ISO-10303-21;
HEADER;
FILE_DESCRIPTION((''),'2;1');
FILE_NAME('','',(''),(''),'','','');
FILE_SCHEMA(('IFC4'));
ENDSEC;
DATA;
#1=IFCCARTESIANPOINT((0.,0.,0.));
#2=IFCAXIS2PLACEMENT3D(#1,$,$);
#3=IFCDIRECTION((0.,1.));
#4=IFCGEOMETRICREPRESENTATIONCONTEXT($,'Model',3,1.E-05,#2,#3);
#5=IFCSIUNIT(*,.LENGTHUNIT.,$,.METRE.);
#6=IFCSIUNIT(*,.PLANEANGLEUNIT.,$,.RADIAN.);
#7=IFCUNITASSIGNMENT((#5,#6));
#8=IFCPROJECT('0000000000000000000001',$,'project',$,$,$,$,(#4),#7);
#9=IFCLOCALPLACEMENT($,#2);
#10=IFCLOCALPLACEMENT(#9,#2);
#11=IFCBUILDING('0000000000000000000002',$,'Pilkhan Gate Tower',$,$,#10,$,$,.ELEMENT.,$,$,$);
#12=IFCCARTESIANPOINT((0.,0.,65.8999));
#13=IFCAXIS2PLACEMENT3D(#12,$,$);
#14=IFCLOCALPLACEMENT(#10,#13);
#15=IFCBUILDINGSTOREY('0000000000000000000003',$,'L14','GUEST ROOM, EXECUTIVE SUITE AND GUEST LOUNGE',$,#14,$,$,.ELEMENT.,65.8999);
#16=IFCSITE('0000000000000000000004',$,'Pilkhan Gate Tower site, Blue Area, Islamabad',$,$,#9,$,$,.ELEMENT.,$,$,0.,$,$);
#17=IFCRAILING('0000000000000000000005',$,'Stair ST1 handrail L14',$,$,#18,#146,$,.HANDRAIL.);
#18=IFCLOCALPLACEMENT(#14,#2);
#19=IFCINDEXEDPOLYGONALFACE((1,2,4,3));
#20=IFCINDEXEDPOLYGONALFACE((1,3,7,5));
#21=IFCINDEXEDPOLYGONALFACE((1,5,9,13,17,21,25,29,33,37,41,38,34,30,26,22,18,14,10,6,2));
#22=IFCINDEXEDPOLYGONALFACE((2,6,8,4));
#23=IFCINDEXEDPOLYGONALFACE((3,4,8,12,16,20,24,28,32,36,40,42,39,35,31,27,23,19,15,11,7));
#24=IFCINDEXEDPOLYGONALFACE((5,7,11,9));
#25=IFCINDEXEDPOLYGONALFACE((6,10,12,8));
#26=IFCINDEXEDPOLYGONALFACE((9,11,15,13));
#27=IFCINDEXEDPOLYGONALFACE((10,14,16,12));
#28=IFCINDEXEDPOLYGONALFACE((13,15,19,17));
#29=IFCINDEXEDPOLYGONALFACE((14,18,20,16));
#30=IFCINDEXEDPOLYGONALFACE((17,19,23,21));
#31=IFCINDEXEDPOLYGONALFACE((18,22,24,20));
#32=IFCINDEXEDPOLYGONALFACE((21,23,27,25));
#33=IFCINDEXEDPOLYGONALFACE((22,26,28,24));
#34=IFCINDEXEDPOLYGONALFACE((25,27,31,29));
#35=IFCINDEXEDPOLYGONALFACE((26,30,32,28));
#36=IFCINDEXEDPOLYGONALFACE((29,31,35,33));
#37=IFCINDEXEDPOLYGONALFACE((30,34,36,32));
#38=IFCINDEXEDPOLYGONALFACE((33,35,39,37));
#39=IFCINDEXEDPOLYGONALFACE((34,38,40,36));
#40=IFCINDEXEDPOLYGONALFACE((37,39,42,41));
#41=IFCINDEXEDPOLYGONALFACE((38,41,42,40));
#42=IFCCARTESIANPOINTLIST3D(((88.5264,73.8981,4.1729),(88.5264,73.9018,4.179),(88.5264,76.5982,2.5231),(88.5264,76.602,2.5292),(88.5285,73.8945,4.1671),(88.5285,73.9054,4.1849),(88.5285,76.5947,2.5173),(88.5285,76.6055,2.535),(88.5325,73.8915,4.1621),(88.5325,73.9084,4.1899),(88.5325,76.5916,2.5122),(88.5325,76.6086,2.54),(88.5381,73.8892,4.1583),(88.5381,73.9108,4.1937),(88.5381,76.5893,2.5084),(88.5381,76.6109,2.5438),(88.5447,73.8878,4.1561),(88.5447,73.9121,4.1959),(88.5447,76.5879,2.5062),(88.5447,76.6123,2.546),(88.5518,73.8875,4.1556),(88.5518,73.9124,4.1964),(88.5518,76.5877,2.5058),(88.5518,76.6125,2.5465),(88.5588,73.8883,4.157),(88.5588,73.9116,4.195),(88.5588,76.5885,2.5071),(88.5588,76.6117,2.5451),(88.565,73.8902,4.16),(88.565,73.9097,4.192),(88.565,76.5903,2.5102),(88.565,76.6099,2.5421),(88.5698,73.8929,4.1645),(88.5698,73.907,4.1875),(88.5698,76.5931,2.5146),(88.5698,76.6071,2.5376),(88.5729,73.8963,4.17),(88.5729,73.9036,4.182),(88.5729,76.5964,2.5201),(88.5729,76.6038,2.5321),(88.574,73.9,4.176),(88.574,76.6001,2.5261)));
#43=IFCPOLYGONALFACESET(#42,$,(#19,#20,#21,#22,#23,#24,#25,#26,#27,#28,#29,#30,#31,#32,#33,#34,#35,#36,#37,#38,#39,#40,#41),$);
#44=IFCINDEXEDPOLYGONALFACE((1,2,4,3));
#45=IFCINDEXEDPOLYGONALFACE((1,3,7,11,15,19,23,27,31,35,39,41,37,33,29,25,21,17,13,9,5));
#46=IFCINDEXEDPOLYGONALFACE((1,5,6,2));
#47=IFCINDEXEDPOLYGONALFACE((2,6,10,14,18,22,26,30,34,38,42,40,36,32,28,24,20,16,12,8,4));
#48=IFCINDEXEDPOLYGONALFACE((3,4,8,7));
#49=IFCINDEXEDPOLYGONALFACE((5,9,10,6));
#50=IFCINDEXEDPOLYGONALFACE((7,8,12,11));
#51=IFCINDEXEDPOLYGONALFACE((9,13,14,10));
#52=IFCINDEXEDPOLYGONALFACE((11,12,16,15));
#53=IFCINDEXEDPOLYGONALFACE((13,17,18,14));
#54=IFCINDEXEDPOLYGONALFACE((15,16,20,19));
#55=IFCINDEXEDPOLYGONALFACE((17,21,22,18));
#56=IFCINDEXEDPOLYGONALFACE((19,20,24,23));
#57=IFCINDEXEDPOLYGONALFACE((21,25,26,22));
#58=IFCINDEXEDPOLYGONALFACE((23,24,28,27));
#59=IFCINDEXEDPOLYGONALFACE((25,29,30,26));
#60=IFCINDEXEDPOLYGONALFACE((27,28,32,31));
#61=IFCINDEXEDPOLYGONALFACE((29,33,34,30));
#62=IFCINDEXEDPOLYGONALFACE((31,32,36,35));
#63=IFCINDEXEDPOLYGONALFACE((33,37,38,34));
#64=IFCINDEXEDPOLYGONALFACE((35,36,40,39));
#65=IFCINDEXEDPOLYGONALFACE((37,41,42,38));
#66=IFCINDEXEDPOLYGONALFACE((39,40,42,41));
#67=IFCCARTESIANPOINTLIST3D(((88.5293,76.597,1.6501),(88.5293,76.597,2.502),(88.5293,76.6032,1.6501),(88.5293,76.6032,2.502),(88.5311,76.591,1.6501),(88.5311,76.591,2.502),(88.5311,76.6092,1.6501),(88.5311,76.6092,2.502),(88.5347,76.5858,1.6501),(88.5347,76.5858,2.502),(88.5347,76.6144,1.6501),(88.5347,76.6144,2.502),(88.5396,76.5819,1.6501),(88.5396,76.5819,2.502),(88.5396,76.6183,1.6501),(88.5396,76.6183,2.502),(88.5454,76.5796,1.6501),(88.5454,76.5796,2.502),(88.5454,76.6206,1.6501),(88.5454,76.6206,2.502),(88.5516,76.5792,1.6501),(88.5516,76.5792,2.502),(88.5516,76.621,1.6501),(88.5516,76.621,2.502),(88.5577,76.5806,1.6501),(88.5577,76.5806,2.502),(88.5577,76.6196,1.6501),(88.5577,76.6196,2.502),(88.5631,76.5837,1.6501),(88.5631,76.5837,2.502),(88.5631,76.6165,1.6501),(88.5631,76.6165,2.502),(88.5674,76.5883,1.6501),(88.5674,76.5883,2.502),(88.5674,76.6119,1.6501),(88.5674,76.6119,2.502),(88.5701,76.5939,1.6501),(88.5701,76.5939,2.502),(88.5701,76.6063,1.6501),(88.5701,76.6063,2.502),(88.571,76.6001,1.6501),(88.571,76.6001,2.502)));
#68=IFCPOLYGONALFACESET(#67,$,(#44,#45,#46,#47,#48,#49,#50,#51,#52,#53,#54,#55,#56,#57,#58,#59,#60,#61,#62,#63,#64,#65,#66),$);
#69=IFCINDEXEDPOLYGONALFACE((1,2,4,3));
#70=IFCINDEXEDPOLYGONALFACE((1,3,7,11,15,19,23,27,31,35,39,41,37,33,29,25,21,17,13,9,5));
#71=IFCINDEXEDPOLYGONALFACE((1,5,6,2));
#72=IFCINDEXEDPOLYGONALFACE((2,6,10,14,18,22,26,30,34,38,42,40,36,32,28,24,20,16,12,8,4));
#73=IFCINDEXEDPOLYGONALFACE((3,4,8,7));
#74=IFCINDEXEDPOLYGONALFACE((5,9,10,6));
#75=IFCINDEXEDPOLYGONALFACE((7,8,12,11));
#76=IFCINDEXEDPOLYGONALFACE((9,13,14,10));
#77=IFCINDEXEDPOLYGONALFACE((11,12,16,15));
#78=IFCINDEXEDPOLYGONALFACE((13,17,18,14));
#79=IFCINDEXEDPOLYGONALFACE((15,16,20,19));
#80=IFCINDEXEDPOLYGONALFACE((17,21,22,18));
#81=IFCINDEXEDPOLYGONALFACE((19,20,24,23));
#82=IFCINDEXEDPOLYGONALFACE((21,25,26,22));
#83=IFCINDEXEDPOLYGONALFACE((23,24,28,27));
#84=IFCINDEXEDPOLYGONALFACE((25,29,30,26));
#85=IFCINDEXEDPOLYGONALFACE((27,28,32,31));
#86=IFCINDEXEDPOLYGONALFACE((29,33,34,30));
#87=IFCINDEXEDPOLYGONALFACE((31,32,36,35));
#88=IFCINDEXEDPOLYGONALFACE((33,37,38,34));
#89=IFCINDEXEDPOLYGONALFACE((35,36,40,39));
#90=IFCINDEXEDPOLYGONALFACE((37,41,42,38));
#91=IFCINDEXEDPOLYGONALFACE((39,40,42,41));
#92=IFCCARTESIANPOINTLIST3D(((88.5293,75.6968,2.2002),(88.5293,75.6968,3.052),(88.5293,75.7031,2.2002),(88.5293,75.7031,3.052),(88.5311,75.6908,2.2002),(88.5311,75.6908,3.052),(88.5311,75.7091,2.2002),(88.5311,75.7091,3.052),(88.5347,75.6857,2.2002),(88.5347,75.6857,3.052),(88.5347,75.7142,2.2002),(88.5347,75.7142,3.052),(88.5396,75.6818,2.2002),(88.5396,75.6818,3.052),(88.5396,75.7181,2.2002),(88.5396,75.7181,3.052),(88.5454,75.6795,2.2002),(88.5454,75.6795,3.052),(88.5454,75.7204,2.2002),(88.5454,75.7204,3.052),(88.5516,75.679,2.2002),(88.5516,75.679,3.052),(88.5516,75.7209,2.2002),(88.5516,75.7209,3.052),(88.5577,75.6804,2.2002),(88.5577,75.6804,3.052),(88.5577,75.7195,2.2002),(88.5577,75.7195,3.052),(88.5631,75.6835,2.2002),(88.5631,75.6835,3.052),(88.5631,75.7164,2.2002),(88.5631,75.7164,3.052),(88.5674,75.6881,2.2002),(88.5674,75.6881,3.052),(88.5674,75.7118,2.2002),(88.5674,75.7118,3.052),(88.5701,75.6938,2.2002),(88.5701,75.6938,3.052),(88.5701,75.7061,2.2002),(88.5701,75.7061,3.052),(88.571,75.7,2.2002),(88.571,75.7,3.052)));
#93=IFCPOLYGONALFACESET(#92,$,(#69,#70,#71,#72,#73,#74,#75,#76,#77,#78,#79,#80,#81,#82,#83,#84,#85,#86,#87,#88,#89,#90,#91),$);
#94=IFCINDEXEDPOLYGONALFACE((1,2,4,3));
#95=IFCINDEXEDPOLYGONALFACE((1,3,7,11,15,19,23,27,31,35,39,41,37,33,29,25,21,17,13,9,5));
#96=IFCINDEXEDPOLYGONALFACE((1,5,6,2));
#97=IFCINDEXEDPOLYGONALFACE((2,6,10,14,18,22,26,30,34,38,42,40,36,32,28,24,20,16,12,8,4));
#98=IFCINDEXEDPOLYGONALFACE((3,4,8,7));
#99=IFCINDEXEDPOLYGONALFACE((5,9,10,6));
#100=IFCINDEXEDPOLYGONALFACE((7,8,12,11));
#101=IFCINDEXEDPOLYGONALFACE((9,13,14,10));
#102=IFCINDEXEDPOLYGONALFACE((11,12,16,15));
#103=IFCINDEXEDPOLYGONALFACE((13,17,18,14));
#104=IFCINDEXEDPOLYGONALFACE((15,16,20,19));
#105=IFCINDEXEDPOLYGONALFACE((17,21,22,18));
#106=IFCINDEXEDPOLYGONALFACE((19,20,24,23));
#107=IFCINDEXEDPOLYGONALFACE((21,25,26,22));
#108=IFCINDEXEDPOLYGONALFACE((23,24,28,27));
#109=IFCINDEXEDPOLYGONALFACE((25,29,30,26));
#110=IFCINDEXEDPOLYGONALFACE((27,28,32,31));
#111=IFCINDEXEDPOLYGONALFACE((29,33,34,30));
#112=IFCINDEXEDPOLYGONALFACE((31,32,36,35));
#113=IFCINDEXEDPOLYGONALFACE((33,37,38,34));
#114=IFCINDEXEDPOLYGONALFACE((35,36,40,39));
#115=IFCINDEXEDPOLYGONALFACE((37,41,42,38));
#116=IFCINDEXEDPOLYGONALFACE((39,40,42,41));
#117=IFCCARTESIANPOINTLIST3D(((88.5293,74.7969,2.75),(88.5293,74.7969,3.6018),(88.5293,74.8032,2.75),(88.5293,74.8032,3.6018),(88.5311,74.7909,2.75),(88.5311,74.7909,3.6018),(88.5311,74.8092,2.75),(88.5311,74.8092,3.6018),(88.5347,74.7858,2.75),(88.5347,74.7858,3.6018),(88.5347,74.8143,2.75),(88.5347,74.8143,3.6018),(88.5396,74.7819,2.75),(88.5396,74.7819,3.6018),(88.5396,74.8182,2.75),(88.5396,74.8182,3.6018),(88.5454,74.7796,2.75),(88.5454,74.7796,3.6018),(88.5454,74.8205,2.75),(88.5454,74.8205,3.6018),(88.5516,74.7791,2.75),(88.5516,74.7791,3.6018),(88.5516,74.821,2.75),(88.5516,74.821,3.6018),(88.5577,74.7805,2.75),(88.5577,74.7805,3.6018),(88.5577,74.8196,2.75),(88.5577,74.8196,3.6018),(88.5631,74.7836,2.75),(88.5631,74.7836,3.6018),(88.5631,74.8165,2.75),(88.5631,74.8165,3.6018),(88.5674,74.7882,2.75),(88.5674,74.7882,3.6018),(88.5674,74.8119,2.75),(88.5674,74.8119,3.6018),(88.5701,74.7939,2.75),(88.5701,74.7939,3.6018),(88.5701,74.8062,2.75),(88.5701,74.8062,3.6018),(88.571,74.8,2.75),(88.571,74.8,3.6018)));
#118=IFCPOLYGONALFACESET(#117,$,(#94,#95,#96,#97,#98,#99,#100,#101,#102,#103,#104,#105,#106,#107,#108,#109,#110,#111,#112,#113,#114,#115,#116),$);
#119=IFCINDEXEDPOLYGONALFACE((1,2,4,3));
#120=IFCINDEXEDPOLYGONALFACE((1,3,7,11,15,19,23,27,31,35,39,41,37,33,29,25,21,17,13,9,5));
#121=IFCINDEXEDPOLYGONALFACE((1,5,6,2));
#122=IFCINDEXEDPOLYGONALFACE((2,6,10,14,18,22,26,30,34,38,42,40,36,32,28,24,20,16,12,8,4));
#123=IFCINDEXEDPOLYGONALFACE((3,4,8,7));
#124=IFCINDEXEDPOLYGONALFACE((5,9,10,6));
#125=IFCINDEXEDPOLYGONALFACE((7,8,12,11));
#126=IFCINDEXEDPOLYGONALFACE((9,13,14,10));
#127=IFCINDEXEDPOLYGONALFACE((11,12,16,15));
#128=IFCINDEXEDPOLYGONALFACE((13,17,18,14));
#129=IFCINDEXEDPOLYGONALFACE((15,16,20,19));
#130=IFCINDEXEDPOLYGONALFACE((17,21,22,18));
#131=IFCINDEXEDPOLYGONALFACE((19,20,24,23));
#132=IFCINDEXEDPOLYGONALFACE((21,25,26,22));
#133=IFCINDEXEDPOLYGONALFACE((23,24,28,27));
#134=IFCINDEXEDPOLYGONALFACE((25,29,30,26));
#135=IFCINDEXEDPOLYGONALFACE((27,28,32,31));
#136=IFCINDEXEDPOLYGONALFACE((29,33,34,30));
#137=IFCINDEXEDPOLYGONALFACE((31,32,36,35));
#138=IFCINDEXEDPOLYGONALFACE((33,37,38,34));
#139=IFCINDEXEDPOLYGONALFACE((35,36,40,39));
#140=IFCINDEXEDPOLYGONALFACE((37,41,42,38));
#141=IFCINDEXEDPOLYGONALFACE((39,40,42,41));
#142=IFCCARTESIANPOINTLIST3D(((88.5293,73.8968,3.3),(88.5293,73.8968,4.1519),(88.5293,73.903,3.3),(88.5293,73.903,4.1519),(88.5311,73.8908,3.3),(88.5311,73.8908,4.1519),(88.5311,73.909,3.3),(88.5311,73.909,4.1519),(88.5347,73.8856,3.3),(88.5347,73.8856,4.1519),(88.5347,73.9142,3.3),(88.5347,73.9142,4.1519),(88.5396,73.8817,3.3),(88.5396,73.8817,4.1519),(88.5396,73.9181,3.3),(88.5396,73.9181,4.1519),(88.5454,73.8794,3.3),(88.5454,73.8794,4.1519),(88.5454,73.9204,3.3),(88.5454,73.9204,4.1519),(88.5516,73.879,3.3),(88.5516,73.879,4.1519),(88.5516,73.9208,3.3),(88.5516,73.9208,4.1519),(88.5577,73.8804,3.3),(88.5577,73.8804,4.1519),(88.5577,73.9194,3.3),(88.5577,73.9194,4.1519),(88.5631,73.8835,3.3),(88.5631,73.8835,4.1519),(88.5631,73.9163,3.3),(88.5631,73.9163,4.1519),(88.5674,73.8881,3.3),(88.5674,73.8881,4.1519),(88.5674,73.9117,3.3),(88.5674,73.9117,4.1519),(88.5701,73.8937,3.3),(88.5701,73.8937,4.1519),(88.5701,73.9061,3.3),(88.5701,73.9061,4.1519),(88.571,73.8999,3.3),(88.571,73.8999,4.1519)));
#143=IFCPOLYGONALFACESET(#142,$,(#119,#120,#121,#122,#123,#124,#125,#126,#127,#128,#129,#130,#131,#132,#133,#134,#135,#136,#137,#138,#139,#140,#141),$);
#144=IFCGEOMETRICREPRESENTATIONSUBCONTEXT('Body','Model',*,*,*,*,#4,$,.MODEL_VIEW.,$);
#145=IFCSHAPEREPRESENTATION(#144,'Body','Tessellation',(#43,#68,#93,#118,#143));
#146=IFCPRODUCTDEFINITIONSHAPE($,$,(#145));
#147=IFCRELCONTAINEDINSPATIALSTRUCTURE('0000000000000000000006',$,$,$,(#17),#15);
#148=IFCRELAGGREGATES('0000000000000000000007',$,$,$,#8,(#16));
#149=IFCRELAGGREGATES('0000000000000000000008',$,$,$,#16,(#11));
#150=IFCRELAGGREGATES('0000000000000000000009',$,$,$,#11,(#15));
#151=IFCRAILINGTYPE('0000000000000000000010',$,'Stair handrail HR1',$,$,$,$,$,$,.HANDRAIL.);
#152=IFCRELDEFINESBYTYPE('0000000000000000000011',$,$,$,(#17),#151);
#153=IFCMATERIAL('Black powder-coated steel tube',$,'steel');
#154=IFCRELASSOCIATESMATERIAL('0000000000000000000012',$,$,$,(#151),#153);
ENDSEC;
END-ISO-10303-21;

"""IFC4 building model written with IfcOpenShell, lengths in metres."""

from ifc_helpers import new_model, si_unit, direction, frame, origin, origin_2d, place, context, subcontext, project, spatial, circle, extrude, material, type_object, element, save


model = new_model("IFC4")

# Units and contexts
model_context = context("Model", 3, precision=1e-05, world=origin(), true_north=direction((0.0, 1.0)))
body_context = subcontext(model_context, "Body", "Model", "MODEL_VIEW")
ifc_project = project(units=[si_unit("LENGTHUNIT", "METRE"), si_unit("PLANEANGLEUNIT", "RADIAN")], contexts=[model_context])

# Site, building, storey
site_placement = place(None, origin())
site = spatial("IfcSite", under=ifc_project, at=site_placement, Name="Pilkhan Gate Tower site, Blue Area, Islamabad", CompositionType="ELEMENT", RefElevation=0.0)
building_placement = place(site_placement, origin())
building = spatial("IfcBuilding", under=site, at=building_placement, Name="Pilkhan Gate Tower", CompositionType="ELEMENT")
storey_placement = place(building_placement, frame((0.0, 0.0, 65.8999)))
storey = spatial("IfcBuildingStorey", under=building, at=storey_placement, Name="L14", Description="GUEST ROOM, EXECUTIVE SUITE AND GUEST LOUNGE", CompositionType="ELEMENT", Elevation=65.8999)

# Railing
ifc_material_1 = material(Name="Black powder-coated steel tube", Category="steel")
railing_type_1 = type_object("IfcRailingType", Name="Stair handrail HR1", PredefinedType="HANDRAIL", material=ifc_material_1)
railing_1_placement = place(storey_placement, frame((88.55, 76.6001, 1.6501)))
element("IfcRailing", 1, at=railing_1_placement, inside=storey, type_object=railing_type_1, Name="Stair ST1 handrail L14", PredefinedType="HANDRAIL", context=body_context, shape_type="SweptSolid", body=[
    extrude(circle(Radius=0.0239, at=origin_2d()), frame((0.0, 0.0, 0.876), z_axis=(0.0, -0.853312, 0.5214), x_axis=(1.0, 0.0, 0.0)), (0.0, 0.0, 1.0), 3.1643),
    extrude(circle(Radius=0.021, at=origin_2d()), origin(), (0.0, 0.0, 1.0), 0.8518),
    extrude(circle(Radius=0.021, at=origin_2d()), frame((0.0, -0.9001, 0.55)), (0.0, 0.0, 1.0), 0.8518),
    extrude(circle(Radius=0.021, at=origin_2d()), frame((0.0, -1.8, 1.0999)), (0.0, 0.0, 1.0), 0.8518),
    extrude(circle(Radius=0.021, at=origin_2d()), frame((0.0, -2.7002, 1.6499)), (0.0, 0.0, 1.0), 0.8518),
])

save(model, "model.ifc")
